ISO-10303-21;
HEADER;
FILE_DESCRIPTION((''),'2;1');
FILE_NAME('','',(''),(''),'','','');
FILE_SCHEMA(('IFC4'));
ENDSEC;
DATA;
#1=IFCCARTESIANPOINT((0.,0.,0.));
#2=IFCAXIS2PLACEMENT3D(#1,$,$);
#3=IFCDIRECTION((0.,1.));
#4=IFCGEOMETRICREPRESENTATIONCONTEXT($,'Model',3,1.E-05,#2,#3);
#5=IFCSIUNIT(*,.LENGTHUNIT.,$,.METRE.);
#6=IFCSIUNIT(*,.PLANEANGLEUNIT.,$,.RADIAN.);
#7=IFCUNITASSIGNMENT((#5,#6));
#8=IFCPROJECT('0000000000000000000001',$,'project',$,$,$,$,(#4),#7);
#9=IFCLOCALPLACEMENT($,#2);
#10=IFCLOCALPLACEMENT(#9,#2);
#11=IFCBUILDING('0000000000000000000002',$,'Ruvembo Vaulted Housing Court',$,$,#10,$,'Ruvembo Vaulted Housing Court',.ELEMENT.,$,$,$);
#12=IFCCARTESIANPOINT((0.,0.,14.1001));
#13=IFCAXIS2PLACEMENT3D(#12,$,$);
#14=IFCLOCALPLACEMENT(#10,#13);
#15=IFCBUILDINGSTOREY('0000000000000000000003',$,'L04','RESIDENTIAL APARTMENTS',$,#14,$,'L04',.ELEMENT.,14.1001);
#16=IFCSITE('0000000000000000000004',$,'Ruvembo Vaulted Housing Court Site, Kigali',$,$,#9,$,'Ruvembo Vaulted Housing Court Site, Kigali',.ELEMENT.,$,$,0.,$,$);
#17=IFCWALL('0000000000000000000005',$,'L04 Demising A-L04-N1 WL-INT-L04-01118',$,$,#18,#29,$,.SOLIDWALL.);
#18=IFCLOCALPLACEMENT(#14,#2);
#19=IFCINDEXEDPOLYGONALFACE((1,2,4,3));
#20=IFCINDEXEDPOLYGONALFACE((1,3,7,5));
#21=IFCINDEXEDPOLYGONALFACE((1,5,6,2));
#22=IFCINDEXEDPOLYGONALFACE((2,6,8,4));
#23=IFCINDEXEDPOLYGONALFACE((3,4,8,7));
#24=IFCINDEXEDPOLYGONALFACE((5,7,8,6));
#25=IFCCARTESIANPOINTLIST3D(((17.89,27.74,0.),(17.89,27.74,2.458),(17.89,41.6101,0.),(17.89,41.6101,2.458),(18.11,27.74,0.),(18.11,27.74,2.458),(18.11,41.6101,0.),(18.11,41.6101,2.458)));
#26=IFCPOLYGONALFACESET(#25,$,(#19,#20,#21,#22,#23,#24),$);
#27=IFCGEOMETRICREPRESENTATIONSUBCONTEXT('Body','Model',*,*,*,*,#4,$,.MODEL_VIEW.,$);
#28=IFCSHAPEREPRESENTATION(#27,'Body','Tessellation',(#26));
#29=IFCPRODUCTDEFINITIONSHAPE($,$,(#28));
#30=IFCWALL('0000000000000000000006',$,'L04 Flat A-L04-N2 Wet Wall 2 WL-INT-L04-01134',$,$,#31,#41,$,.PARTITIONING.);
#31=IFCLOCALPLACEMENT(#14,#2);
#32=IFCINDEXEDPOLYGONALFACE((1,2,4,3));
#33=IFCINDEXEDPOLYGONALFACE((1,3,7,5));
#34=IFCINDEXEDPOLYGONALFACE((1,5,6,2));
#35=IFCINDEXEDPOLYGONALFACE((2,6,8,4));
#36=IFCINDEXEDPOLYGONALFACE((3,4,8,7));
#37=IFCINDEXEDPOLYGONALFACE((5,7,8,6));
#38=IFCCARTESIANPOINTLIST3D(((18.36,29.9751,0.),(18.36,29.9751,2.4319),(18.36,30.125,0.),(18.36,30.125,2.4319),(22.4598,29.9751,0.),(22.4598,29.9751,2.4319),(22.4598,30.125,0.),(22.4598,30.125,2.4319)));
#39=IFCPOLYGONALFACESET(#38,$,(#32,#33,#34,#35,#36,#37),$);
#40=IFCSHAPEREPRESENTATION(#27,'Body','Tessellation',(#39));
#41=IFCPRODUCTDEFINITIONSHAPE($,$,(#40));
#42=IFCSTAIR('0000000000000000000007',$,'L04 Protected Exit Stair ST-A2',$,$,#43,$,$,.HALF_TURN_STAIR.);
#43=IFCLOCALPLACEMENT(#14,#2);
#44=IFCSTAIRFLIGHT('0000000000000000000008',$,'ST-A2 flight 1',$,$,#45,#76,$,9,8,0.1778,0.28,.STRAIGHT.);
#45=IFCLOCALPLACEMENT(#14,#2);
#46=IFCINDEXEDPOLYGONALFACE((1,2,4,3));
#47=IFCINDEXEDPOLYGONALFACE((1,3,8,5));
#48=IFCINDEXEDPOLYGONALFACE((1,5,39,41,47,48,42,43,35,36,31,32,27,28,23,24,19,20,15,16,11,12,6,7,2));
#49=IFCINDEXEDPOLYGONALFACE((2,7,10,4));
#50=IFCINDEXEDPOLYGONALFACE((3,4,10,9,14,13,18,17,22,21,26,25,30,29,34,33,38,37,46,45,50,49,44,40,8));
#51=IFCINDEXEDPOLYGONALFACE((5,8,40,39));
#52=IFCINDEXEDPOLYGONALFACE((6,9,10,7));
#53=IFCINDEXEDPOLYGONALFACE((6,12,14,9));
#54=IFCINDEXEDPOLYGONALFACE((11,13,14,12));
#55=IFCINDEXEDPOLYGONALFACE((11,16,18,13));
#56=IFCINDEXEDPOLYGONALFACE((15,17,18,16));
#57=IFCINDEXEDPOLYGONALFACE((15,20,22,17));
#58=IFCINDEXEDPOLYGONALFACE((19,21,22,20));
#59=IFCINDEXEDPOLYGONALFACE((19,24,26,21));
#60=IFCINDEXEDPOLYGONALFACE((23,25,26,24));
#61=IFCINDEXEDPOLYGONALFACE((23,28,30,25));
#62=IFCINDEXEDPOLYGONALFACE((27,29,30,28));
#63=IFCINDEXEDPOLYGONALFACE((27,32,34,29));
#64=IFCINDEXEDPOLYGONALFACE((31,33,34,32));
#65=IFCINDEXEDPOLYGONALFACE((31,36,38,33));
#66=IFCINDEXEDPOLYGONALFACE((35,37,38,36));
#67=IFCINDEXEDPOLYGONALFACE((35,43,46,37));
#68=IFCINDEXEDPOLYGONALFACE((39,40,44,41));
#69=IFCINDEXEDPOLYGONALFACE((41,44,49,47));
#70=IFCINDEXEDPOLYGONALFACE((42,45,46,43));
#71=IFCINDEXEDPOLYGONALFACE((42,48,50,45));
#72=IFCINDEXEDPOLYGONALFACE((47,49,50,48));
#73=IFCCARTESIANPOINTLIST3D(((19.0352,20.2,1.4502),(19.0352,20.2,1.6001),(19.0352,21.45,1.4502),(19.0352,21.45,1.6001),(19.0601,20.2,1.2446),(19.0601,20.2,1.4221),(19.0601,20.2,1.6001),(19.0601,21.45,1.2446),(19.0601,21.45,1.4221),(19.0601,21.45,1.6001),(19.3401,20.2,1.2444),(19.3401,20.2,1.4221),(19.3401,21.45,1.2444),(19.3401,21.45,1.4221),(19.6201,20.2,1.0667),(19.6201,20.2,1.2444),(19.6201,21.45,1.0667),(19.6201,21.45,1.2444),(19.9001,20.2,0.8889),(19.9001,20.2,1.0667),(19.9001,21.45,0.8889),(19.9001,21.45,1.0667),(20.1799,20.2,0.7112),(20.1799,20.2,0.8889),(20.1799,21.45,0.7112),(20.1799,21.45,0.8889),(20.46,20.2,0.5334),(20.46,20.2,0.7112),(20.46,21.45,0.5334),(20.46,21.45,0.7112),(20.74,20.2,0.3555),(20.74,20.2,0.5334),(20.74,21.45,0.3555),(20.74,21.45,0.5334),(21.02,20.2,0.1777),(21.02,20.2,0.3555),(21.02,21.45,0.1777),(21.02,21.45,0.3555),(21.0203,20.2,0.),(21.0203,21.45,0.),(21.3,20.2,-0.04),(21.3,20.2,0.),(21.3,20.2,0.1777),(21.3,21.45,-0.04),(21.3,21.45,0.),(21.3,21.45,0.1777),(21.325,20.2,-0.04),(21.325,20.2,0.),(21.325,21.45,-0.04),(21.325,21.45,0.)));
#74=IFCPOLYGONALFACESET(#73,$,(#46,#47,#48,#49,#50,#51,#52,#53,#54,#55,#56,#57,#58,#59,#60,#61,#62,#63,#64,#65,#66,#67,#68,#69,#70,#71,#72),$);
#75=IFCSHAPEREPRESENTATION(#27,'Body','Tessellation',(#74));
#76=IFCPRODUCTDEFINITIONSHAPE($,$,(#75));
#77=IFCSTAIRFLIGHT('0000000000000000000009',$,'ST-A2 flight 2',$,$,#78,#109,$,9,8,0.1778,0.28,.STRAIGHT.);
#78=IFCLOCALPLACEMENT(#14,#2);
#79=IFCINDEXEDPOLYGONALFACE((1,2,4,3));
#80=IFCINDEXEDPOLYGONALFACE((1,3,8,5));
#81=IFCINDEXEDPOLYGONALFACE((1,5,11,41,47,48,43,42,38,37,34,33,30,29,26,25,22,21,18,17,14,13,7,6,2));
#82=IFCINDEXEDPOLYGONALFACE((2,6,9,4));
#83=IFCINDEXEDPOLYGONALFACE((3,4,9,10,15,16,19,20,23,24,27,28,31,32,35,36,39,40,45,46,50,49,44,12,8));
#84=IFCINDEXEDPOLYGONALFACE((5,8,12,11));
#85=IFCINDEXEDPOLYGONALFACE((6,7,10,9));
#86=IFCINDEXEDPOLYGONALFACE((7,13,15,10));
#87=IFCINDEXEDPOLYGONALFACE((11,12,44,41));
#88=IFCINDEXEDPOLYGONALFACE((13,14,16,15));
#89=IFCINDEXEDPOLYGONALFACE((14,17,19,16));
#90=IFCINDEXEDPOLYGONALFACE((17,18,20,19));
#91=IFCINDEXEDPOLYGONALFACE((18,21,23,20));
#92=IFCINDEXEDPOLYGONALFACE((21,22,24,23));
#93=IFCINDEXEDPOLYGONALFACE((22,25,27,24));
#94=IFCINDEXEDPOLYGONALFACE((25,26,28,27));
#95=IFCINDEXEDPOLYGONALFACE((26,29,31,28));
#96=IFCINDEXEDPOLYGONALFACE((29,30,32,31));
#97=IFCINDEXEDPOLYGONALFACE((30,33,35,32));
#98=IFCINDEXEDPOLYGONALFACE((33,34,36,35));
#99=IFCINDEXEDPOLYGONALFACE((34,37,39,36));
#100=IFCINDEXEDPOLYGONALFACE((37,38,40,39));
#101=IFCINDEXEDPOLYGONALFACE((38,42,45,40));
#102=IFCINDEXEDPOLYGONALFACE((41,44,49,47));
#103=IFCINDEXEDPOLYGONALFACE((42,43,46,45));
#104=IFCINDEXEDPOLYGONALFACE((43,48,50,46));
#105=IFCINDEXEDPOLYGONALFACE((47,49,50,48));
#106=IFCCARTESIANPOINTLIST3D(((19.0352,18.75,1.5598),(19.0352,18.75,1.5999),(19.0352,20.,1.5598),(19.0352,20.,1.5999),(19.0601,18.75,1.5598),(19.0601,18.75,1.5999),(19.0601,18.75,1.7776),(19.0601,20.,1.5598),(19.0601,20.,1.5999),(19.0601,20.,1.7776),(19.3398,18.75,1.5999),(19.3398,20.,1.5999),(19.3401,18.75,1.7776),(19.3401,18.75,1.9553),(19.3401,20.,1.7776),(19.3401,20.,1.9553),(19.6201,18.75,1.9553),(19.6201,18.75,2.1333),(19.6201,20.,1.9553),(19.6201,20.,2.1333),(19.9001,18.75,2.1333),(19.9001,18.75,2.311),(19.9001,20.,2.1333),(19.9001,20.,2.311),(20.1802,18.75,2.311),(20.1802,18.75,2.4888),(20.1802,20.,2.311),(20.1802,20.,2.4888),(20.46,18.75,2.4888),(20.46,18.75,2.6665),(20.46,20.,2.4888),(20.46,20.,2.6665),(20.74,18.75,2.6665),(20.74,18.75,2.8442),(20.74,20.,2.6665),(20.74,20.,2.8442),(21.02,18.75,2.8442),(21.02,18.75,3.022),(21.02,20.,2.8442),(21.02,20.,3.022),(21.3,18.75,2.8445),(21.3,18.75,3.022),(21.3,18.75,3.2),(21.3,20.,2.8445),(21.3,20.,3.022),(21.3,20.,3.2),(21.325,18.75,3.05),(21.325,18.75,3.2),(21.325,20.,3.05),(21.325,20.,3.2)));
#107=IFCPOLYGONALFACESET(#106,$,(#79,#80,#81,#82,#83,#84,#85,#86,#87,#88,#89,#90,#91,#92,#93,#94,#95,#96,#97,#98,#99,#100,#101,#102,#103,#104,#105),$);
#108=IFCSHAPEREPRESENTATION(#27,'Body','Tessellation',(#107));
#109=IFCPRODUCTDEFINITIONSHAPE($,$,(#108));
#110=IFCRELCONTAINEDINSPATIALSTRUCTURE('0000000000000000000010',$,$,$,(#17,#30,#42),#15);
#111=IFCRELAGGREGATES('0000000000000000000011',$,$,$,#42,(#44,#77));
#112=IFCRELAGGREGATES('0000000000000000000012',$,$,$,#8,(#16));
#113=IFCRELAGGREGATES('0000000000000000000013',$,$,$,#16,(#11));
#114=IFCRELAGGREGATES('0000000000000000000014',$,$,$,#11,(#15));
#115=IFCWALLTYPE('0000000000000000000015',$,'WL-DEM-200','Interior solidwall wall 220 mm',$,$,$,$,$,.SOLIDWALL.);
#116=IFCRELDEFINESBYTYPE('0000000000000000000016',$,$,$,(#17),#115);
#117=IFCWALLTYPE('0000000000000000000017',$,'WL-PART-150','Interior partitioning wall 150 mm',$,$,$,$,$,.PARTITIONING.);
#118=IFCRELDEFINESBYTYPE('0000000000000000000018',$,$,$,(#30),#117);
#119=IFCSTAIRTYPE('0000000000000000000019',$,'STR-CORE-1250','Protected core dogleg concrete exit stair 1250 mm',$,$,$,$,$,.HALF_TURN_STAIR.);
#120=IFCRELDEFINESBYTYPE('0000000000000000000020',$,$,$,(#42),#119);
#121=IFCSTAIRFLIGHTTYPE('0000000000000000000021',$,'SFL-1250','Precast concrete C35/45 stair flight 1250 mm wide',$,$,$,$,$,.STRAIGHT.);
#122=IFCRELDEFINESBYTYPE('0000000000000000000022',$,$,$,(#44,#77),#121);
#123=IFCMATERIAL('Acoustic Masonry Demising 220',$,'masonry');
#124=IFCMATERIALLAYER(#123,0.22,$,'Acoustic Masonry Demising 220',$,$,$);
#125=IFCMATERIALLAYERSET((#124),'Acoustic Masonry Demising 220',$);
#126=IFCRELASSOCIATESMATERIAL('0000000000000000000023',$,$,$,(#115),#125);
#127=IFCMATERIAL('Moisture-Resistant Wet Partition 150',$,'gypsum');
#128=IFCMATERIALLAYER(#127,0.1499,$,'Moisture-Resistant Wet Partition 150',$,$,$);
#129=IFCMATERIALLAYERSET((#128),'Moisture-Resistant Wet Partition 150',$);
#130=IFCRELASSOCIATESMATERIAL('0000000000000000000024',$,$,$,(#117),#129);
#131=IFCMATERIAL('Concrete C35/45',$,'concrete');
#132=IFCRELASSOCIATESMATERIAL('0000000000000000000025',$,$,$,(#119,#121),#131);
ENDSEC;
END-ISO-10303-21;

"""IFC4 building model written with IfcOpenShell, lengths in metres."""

from ifc_helpers import new_model, si_unit, direction, frame, frame_2d, origin, place, context, subcontext, project, spatial, polyline, rectangle, outline, extrude, material, layer, layer_set, type_object, element, aggregate, save


model = new_model("IFC4")

# Units and contexts
model_context = context("Model", 3, precision=1e-05, world=origin(), true_north=direction((0.0, 1.0)))
body_context = subcontext(model_context, "Body", "Model", "MODEL_VIEW")
ifc_project = project(units=[si_unit("LENGTHUNIT", "METRE"), si_unit("PLANEANGLEUNIT", "RADIAN")], contexts=[model_context])

# Site, building, storey
site_placement = place(None, origin())
site = spatial("IfcSite", under=ifc_project, at=site_placement, Name="Ruvembo Vaulted Housing Court Site, Kigali", LongName="Ruvembo Vaulted Housing Court Site, Kigali", CompositionType="ELEMENT", RefElevation=0.0)
building_placement = place(site_placement, origin())
building = spatial("IfcBuilding", under=site, at=building_placement, Name="Ruvembo Vaulted Housing Court", LongName="Ruvembo Vaulted Housing Court", CompositionType="ELEMENT")
storey_placement = place(building_placement, frame((0.0, 0.0, 14.1001)))
storey = spatial("IfcBuildingStorey", under=building, at=storey_placement, Name="L04", Description="RESIDENTIAL APARTMENTS", LongName="L04", CompositionType="ELEMENT", Elevation=14.1001)

# Shared definitions
ifc_material_1 = material(Name="Concrete C35/45", Category="concrete")

# Walls
ifc_material_2 = material(Name="Acoustic Masonry Demising 220", Category="masonry")
ifc_layer_1 = layer(ifc_material_2, 0.22, Name="Acoustic Masonry Demising 220")
ifc_layer_set_1 = layer_set([ifc_layer_1], Name="Acoustic Masonry Demising 220")
wall_type_1 = type_object("IfcWallType", Name="WL-DEM-200", Description="Interior solidwall wall 220 mm", PredefinedType="SOLIDWALL", material=ifc_layer_set_1)
wall_1_placement = place(storey_placement, frame((18.0, 27.74, 0.0), z_axis=(0.0, 0.0, 1.0), x_axis=(0.0, 1.0, 0.0)))
element("IfcWall", 1, at=wall_1_placement, inside=storey, type_object=wall_type_1, Name="L04 Demising A-L04-N1 WL-INT-L04-01118", PredefinedType="SOLIDWALL", context=body_context, shape_type="SweptSolid", body=[
    extrude(rectangle(XDim=13.8701, YDim=0.22, at=frame_2d((6.9351, 0.0))), origin(), (0.0, 0.0, 1.0), 2.458),
])
ifc_material_3 = material(Name="Moisture-Resistant Wet Partition 150", Category="gypsum")
ifc_layer_2 = layer(ifc_material_3, 0.1499, Name="Moisture-Resistant Wet Partition 150")
ifc_layer_set_2 = layer_set([ifc_layer_2], Name="Moisture-Resistant Wet Partition 150")
wall_type_2 = type_object("IfcWallType", Name="WL-PART-150", Description="Interior partitioning wall 150 mm", PredefinedType="PARTITIONING", material=ifc_layer_set_2)
wall_2_placement = place(storey_placement, frame((18.3601, 30.05, 0.0), z_axis=(0.0, 0.0, 1.0), x_axis=(1.0, 0.0, 0.0)))
element("IfcWall", 2, at=wall_2_placement, inside=storey, type_object=wall_type_2, Name="L04 Flat A-L04-N2 Wet Wall 2 WL-INT-L04-01134", PredefinedType="PARTITIONING", context=body_context, shape_type="SweptSolid", body=[
    extrude(rectangle(XDim=4.0999, YDim=0.1499, at=frame_2d((2.0498, 0.0))), origin(), (0.0, 0.0, 1.0), 2.4319),
])

# Stair, stair flights
stair_type = type_object("IfcStairType", Name="STR-CORE-1250", Description="Protected core dogleg concrete exit stair 1250 mm", PredefinedType="HALF_TURN_STAIR", material=ifc_material_1)
stair_placement = place(storey_placement, origin())
stair = element("IfcStair", 3, at=stair_placement, inside=storey, type_object=stair_type, Name="L04 Protected Exit Stair ST-A2", PredefinedType="HALF_TURN_STAIR")
stair_flight_type = type_object("IfcStairFlightType", Name="SFL-1250", Description="Precast concrete C35/45 stair flight 1250 mm wide", PredefinedType="STRAIGHT", material=ifc_material_1)
stair_flight_1_placement = place(storey_placement, frame((21.3, 20.825, 0.0), z_axis=(0.0, 0.0, 1.0), x_axis=(-1.0, 0.0, 0.0)))
stair_flight_1 = element("IfcStairFlight", 4, at=stair_flight_1_placement, type_object=stair_flight_type, Name="ST-A2 flight 1", NumberOfRisers=9, NumberOfTreads=8, PredefinedType="STRAIGHT", RiserHeight=0.1778, TreadLength=0.28, context=body_context, shape_type="SweptSolid", body=[
    extrude(outline(polyline([(-0.0249, -0.04), (-0.0249, 0.0), (0.0, 0.0), (0.0, 0.1777), (0.28, 0.1777), (0.28, 0.3555), (0.5601, 0.3555), (0.5601, 0.5334), (0.8401, 0.5334), (0.8401, 0.7112), (1.1201, 0.7112), (1.1201, 0.8889), (1.3999, 0.8889), (1.3999, 1.0667), (1.6799, 1.0667), (1.6799, 1.2444), (1.96, 1.2444), (1.96, 1.4221), (2.24, 1.4221), (2.24, 1.6001), (2.2649, 1.6001), (2.2649, 1.4502), (2.24, 1.2446), (0.2798, 0.0), (0.0, -0.04), (-0.0249, -0.04)])), frame((0.0, 0.625, 0.0), z_axis=(0.0, -1.0, 0.0), x_axis=(1.0, 0.0, 0.0)), (0.0, 0.0, 1.0), 1.25),
])
stair_flight_2_placement = place(storey_placement, frame((19.0601, 19.375, 1.5999), z_axis=(0.0, 0.0, 1.0), x_axis=(1.0, 0.0, 0.0)))
stair_flight_2 = element("IfcStairFlight", 5, at=stair_flight_2_placement, type_object=stair_flight_type, Name="ST-A2 flight 2", NumberOfRisers=9, NumberOfTreads=8, PredefinedType="STRAIGHT", RiserHeight=0.1778, TreadLength=0.28, context=body_context, shape_type="SweptSolid", body=[
    extrude(outline(polyline([(-0.0249, -0.04), (-0.0249, 0.0), (0.0, 0.0), (0.0, 0.1777), (0.28, 0.1777), (0.28, 0.3555), (0.5601, 0.3555), (0.5601, 0.5334), (0.8401, 0.5334), (0.8401, 0.7112), (1.1201, 0.7112), (1.1201, 0.8889), (1.3999, 0.8889), (1.3999, 1.0667), (1.6799, 1.0667), (1.6799, 1.2444), (1.96, 1.2444), (1.96, 1.4221), (2.24, 1.4221), (2.24, 1.6001), (2.2649, 1.6001), (2.2649, 1.4502), (2.24, 1.2446), (0.2798, 0.0), (0.0, -0.04), (-0.0249, -0.04)])), frame((0.0, 0.625, 0.0), z_axis=(0.0, -1.0, 0.0), x_axis=(1.0, 0.0, 0.0)), (0.0, 0.0, 1.0), 1.25),
])
aggregate(stair, [stair_flight_1, stair_flight_2])

save(model, "model.ifc")
